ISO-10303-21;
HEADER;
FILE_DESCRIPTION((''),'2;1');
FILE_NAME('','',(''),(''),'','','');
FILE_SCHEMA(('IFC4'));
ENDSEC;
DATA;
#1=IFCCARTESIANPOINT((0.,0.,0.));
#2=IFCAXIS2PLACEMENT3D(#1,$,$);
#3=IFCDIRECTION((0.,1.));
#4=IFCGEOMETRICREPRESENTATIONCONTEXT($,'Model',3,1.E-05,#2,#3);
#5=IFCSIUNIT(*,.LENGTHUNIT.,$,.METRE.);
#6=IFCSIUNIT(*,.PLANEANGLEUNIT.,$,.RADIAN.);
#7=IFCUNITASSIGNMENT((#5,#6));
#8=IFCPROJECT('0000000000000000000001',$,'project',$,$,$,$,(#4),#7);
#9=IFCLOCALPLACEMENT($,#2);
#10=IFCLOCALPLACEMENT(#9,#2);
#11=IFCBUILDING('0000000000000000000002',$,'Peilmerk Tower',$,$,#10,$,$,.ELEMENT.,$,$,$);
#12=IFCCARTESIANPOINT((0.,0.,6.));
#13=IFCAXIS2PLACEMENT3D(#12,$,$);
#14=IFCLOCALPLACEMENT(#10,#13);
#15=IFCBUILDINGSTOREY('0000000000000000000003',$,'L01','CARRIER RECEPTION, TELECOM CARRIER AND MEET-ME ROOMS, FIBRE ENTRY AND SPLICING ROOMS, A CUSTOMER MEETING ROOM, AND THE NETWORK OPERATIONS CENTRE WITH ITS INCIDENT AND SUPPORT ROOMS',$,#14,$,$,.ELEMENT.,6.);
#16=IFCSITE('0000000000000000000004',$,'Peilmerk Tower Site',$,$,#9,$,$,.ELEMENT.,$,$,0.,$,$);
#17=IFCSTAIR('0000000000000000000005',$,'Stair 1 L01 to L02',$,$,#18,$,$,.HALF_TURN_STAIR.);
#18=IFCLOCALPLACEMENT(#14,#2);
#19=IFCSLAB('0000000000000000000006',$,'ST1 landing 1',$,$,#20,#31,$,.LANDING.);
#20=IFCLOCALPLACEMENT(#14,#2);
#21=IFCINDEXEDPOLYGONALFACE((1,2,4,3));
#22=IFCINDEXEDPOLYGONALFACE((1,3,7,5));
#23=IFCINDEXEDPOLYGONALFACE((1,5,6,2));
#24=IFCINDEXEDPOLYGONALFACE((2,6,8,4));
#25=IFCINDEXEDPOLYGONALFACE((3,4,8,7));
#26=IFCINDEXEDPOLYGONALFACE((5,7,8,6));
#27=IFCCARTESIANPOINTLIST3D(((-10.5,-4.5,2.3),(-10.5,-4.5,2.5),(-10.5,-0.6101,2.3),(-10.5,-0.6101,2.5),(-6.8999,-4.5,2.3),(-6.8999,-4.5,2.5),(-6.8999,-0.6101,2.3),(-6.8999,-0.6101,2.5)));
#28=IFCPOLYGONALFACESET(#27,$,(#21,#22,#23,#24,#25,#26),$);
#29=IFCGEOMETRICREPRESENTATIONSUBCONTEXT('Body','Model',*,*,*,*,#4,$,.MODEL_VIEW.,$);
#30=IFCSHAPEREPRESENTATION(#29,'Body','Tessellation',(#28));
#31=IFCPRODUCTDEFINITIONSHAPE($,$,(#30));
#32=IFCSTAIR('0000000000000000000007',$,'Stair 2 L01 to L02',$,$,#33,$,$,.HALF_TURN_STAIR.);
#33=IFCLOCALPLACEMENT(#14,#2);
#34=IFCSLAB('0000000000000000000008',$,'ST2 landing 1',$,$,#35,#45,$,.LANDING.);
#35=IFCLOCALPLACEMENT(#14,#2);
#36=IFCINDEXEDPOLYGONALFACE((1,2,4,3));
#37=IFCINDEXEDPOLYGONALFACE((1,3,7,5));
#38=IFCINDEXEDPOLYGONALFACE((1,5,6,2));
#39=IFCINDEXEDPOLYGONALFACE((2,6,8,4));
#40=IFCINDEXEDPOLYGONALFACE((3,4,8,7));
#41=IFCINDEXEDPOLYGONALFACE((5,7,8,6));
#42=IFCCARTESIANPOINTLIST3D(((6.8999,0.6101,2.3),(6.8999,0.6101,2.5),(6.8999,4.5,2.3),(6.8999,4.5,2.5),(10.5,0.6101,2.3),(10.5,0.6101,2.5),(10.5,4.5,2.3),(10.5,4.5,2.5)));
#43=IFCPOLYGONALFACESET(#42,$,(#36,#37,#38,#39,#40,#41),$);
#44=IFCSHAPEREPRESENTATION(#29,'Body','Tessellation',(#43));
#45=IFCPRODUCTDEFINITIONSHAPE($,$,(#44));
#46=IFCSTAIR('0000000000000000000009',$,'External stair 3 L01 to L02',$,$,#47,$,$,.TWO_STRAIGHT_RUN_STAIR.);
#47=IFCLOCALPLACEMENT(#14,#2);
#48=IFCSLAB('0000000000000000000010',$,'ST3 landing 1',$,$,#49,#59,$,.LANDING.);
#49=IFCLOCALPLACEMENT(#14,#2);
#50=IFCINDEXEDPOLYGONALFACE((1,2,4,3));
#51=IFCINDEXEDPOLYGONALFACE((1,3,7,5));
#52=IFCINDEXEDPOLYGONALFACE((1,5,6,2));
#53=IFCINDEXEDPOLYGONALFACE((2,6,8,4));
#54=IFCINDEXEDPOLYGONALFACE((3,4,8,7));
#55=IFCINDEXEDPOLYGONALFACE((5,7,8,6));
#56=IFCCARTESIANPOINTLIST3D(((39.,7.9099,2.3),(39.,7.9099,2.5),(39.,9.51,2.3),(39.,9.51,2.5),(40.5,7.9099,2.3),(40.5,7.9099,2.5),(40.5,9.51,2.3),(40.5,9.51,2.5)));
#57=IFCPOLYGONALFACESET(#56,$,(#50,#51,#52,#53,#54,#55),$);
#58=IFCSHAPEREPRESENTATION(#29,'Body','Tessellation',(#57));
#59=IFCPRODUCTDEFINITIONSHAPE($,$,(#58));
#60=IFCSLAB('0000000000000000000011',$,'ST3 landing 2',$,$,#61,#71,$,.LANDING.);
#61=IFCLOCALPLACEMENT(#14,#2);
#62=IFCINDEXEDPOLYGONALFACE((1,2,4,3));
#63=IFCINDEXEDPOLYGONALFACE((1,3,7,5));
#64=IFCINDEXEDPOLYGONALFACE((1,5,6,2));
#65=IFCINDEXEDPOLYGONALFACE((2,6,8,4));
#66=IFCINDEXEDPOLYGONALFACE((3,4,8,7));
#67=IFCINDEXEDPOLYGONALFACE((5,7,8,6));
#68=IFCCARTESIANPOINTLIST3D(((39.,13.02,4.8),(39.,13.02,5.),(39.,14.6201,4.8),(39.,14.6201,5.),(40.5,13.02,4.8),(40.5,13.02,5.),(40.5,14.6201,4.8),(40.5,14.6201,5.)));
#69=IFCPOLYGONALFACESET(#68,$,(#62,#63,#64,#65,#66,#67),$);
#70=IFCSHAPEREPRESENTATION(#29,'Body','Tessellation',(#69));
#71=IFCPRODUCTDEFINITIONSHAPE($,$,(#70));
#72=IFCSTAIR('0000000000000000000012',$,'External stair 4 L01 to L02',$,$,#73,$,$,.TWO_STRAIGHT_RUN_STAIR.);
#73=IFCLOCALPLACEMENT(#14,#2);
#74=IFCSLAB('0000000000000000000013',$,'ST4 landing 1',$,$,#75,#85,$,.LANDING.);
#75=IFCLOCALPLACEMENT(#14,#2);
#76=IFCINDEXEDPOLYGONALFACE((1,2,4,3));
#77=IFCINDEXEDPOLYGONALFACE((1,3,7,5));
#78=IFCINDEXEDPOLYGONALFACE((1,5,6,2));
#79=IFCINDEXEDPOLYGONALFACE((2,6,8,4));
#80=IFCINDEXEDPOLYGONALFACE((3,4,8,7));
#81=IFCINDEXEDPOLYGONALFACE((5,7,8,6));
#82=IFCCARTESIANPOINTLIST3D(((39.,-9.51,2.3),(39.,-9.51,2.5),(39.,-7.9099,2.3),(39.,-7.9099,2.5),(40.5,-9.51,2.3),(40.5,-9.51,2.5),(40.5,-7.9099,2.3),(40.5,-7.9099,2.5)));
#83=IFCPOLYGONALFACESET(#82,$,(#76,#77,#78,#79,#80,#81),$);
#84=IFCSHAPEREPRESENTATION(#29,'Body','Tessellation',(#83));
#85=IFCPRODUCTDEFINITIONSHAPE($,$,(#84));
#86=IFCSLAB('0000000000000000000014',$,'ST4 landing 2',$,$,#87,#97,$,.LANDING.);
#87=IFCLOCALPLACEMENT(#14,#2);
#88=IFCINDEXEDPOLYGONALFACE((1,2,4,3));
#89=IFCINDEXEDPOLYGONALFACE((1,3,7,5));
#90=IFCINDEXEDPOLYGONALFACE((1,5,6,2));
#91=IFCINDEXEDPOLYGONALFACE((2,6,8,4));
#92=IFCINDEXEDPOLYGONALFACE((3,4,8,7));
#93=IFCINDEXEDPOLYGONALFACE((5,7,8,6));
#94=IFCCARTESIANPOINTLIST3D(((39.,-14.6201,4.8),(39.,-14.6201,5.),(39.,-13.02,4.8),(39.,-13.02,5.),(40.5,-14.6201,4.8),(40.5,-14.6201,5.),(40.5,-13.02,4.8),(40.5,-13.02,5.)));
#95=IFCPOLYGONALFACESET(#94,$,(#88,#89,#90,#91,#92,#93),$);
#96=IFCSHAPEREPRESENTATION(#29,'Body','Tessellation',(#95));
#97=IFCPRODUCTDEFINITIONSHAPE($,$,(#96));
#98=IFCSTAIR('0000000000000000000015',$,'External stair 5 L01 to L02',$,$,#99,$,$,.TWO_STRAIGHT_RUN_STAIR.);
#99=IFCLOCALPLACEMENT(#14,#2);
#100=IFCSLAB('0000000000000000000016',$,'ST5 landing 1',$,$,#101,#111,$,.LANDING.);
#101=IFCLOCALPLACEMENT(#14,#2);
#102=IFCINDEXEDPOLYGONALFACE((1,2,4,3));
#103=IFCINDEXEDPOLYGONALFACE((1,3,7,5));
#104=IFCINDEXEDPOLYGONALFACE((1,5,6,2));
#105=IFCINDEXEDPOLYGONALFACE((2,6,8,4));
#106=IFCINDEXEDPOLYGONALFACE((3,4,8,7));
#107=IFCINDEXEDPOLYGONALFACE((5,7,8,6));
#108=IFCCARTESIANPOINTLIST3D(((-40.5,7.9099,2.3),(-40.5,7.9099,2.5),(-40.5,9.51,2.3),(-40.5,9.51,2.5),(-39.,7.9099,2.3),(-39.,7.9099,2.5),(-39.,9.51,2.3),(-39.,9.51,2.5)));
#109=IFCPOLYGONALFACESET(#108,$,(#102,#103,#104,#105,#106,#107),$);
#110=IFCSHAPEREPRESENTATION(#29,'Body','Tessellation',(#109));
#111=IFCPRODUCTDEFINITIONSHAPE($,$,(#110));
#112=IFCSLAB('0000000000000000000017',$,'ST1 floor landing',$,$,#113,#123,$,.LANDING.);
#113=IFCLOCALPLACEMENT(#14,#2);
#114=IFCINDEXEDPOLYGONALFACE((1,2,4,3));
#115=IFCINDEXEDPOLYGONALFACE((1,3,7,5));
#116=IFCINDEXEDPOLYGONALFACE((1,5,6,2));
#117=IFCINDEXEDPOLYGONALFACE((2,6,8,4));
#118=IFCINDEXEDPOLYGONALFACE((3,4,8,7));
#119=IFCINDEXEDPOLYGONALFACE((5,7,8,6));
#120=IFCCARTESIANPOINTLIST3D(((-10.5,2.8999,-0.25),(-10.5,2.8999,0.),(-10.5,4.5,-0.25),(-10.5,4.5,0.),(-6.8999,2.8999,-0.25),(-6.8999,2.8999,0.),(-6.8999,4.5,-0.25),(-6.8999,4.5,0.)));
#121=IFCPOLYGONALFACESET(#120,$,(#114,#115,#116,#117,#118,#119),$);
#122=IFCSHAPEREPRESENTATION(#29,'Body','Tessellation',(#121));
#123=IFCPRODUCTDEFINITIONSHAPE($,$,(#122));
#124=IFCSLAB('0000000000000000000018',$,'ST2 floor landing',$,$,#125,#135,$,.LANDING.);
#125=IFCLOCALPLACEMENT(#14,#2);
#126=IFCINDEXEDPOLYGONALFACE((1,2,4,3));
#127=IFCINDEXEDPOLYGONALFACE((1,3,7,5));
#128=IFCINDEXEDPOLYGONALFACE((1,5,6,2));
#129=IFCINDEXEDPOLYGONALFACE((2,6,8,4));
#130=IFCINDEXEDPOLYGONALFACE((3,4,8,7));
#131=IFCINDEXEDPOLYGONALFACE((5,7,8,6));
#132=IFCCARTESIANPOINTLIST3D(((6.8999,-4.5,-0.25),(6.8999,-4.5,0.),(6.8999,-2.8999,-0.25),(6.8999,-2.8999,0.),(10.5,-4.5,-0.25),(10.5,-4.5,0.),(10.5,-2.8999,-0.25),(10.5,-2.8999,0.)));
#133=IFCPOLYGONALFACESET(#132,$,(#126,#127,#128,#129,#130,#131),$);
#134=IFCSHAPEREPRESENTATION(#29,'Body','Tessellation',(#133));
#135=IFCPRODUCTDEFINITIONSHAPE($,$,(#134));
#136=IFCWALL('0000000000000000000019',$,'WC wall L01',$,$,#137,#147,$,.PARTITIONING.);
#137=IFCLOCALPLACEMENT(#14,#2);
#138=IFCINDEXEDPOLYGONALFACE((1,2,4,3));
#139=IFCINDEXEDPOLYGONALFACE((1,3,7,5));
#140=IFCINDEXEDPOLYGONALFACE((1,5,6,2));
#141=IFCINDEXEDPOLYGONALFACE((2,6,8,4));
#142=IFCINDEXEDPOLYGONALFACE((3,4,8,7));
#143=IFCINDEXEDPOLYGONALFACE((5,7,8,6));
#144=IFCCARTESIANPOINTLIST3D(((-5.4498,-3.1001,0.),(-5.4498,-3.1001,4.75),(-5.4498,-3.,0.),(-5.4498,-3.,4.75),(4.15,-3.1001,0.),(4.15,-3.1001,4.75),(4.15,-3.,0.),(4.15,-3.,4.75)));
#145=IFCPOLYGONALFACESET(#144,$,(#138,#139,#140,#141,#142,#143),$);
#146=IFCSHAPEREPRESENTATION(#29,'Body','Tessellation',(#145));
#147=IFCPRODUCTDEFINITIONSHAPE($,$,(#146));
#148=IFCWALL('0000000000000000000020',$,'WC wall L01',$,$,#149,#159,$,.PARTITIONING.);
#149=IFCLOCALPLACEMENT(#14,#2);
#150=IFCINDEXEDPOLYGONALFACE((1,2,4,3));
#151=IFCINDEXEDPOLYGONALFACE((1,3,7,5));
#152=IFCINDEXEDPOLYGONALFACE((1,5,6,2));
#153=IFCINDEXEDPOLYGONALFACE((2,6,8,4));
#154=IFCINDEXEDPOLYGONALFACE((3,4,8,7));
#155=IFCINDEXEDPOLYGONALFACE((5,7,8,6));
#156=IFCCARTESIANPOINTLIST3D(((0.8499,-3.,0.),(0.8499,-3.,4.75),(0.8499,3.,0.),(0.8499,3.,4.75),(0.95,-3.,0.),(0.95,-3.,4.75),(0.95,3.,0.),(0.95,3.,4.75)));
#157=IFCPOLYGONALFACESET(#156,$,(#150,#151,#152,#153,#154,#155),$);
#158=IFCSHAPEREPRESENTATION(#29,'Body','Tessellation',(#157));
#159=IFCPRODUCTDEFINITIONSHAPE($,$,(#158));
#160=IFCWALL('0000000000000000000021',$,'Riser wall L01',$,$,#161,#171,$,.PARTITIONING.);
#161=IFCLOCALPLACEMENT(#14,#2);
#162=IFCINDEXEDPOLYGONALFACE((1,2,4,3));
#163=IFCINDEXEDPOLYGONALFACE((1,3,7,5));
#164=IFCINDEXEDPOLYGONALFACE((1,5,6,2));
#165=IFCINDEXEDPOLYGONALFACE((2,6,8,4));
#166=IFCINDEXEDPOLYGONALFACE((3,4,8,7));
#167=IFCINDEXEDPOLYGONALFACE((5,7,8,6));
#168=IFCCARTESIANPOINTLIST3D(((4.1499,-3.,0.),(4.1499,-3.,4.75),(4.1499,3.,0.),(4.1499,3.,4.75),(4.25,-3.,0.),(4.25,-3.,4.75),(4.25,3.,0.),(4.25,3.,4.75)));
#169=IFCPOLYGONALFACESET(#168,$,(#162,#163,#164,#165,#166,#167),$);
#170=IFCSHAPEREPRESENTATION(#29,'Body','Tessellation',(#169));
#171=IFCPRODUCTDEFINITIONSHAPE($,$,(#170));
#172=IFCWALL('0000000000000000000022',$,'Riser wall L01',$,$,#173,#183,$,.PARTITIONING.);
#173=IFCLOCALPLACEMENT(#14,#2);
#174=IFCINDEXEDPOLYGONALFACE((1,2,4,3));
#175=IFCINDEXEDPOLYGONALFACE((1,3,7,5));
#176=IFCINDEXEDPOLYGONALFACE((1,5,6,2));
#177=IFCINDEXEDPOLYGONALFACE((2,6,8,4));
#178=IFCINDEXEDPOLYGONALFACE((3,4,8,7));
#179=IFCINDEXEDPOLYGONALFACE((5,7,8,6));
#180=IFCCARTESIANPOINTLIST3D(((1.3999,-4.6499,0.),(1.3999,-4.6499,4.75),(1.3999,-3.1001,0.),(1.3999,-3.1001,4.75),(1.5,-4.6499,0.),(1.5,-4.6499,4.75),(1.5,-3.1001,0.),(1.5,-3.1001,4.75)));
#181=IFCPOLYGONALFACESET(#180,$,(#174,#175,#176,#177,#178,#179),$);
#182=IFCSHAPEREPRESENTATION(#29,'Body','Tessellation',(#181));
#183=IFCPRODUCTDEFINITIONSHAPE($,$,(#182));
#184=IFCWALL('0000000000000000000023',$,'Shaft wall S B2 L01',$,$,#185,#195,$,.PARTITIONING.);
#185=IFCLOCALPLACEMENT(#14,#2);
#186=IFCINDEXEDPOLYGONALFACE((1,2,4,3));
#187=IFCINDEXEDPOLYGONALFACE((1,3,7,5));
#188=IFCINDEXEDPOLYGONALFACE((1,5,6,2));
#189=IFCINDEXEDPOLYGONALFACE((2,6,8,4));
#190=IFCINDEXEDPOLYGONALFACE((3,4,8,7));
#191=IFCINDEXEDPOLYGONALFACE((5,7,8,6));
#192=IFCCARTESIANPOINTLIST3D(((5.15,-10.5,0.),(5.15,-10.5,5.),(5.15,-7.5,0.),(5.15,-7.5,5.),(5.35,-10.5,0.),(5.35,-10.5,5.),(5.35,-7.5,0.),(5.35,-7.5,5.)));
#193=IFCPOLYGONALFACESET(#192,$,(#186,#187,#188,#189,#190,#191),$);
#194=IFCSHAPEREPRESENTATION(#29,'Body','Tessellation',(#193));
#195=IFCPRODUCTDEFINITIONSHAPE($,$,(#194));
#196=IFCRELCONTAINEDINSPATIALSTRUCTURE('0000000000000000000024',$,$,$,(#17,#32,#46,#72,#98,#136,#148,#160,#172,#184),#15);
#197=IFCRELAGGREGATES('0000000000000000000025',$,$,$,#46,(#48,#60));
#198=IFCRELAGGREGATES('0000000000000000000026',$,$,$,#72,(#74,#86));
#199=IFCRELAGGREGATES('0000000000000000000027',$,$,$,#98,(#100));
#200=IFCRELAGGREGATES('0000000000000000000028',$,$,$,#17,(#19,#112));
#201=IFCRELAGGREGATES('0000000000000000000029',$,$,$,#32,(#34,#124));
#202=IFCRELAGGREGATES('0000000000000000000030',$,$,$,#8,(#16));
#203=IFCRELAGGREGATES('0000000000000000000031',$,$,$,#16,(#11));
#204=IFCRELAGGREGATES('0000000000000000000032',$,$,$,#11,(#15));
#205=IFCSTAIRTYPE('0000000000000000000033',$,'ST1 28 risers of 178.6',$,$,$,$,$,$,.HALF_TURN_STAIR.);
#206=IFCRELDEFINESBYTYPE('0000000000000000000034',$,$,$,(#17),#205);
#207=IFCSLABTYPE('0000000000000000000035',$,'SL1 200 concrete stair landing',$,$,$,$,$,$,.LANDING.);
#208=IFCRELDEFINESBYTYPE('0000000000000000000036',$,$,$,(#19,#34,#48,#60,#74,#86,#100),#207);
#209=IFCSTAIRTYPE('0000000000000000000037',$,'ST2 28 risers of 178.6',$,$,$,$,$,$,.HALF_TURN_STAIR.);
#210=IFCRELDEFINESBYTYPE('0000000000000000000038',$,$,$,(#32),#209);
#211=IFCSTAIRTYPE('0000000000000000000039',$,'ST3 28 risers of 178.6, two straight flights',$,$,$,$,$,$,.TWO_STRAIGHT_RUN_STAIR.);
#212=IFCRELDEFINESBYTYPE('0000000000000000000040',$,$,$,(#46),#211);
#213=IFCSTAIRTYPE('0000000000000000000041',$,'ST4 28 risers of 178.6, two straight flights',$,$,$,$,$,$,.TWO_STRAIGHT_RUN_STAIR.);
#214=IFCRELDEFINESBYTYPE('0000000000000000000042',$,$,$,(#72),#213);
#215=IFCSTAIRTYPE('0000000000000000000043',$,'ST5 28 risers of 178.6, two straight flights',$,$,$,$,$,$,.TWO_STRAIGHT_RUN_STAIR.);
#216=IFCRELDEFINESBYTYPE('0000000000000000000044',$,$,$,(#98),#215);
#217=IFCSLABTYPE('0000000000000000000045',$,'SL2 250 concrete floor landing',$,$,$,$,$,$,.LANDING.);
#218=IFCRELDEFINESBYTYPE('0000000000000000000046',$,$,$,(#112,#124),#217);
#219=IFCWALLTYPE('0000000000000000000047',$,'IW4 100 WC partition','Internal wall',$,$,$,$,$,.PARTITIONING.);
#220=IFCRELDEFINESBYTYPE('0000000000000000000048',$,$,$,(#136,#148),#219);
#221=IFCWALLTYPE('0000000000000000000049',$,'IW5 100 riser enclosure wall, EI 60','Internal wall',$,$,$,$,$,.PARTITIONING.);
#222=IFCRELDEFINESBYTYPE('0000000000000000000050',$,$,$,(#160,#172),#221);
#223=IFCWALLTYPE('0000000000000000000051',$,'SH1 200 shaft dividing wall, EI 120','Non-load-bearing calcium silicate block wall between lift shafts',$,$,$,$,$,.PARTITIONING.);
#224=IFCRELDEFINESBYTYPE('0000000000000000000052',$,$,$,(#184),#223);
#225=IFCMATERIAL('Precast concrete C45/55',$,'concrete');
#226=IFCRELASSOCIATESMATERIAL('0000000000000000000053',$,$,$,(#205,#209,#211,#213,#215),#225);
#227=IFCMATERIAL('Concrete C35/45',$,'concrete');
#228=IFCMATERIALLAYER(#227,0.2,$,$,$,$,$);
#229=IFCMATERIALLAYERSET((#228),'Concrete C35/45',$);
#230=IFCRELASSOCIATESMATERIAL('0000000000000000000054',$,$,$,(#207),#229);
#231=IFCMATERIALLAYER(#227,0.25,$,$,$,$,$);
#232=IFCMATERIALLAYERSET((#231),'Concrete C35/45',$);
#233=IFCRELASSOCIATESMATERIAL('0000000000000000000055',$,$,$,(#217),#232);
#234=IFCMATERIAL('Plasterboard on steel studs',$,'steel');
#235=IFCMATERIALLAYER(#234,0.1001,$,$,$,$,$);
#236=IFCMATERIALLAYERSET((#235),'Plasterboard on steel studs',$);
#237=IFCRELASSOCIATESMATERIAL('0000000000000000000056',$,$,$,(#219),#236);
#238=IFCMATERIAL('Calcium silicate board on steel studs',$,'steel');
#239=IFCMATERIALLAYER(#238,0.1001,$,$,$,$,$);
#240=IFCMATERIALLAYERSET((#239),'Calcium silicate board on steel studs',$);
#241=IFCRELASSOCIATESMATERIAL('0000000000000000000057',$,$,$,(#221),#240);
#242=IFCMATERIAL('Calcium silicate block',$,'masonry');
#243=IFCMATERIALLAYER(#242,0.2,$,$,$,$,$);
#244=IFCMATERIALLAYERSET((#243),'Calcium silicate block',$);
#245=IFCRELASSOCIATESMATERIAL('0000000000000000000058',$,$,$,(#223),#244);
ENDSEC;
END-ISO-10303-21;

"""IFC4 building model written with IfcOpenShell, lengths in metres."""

from ifc_helpers import new_model, si_unit, direction, frame, frame_2d, origin, place, context, subcontext, project, spatial, polyline, rectangle, outline, extrude, material, layer, layer_set, type_object, element, aggregate, save


model = new_model("IFC4")

# Units and contexts
model_context = context("Model", 3, precision=1e-05, world=origin(), true_north=direction((0.0, 1.0)))
body_context = subcontext(model_context, "Body", "Model", "MODEL_VIEW")
ifc_project = project(units=[si_unit("LENGTHUNIT", "METRE"), si_unit("PLANEANGLEUNIT", "RADIAN")], contexts=[model_context])

# Site, building, storey
site_placement = place(None, origin())
site = spatial("IfcSite", under=ifc_project, at=site_placement, Name="Peilmerk Tower Site", CompositionType="ELEMENT", RefElevation=0.0)
building_placement = place(site_placement, origin())
building = spatial("IfcBuilding", under=site, at=building_placement, Name="Peilmerk Tower", CompositionType="ELEMENT")
storey_placement = place(building_placement, frame((0.0, 0.0, 6.0)))
storey = spatial("IfcBuildingStorey", under=building, at=storey_placement, Name="L01", Description="CARRIER RECEPTION, TELECOM CARRIER AND MEET-ME ROOMS, FIBRE ENTRY AND SPLICING ROOMS, A CUSTOMER MEETING ROOM, AND THE NETWORK OPERATIONS CENTRE WITH ITS INCIDENT AND SUPPORT ROOMS", CompositionType="ELEMENT", Elevation=6.0)

# Stairs, slabs
ifc_material_1 = material(Name="Precast concrete C45/55", Category="concrete")
stair_type_1 = type_object("IfcStairType", Name="ST1 28 risers of 178.6", PredefinedType="HALF_TURN_STAIR", material=ifc_material_1)
stair_1_placement = place(storey_placement, origin())
stair_1 = element("IfcStair", 1, at=stair_1_placement, inside=storey, type_object=stair_type_1, Name="Stair 1 L01 to L02", PredefinedType="HALF_TURN_STAIR")
ifc_material_2 = material(Name="Concrete C35/45", Category="concrete")
ifc_layer_1 = layer(ifc_material_2, 0.2)
ifc_layer_set_1 = layer_set([ifc_layer_1], Name="Concrete C35/45")
slab_type_1 = type_object("IfcSlabType", Name="SL1 200 concrete stair landing", PredefinedType="LANDING", material=ifc_layer_set_1)
slab_1_placement = place(storey_placement, frame((0.0, 0.0, 2.3)))
slab_1 = element("IfcSlab", 2, at=slab_1_placement, type_object=slab_type_1, Name="ST1 landing 1", PredefinedType="LANDING", context=body_context, shape_type="SweptSolid", body=[
    extrude(outline(polyline([(-10.5, -4.5), (-6.8999, -4.5), (-6.8999, -0.6101), (-10.5, -0.6101), (-10.5, -4.5)])), origin(), (0.0, 0.0, 1.0), 0.2),
])
stair_type_2 = type_object("IfcStairType", Name="ST2 28 risers of 178.6", PredefinedType="HALF_TURN_STAIR", material=ifc_material_1)
stair_2_placement = place(storey_placement, origin())
stair_2 = element("IfcStair", 3, at=stair_2_placement, inside=storey, type_object=stair_type_2, Name="Stair 2 L01 to L02", PredefinedType="HALF_TURN_STAIR")
slab_2_placement = place(storey_placement, frame((0.0, 0.0, 2.3)))
slab_2 = element("IfcSlab", 4, at=slab_2_placement, type_object=slab_type_1, Name="ST2 landing 1", PredefinedType="LANDING", context=body_context, shape_type="SweptSolid", body=[
    extrude(outline(polyline([(6.8999, 0.6101), (10.5, 0.6101), (10.5, 4.5), (6.8999, 4.5), (6.8999, 0.6101)])), origin(), (0.0, 0.0, 1.0), 0.2),
])

# Stairs, slabs
stair_type_3 = type_object("IfcStairType", Name="ST3 28 risers of 178.6, two straight flights", PredefinedType="TWO_STRAIGHT_RUN_STAIR", material=ifc_material_1)
stair_3_placement = place(storey_placement, origin())
stair_3 = element("IfcStair", 5, at=stair_3_placement, inside=storey, type_object=stair_type_3, Name="External stair 3 L01 to L02", PredefinedType="TWO_STRAIGHT_RUN_STAIR")
slab_3_placement = place(storey_placement, frame((0.0, 0.0, 2.3)))
slab_3 = element("IfcSlab", 6, at=slab_3_placement, type_object=slab_type_1, Name="ST3 landing 1", PredefinedType="LANDING", context=body_context, shape_type="SweptSolid", body=[
    extrude(outline(polyline([(39.0, 7.9099), (40.5, 7.9099), (40.5, 9.51), (39.0, 9.51), (39.0, 7.9099)])), origin(), (0.0, 0.0, 1.0), 0.2),
])
slab_4_placement = place(storey_placement, frame((0.0, 0.0, 4.8)))
slab_4 = element("IfcSlab", 7, at=slab_4_placement, type_object=slab_type_1, Name="ST3 landing 2", PredefinedType="LANDING", context=body_context, shape_type="SweptSolid", body=[
    extrude(outline(polyline([(39.0, 13.02), (40.5, 13.02), (40.5, 14.6201), (39.0, 14.6201), (39.0, 13.02)])), origin(), (0.0, 0.0, 1.0), 0.2),
])
aggregate(stair_3, [slab_3, slab_4])
stair_type_4 = type_object("IfcStairType", Name="ST4 28 risers of 178.6, two straight flights", PredefinedType="TWO_STRAIGHT_RUN_STAIR", material=ifc_material_1)
stair_4_placement = place(storey_placement, origin())
stair_4 = element("IfcStair", 8, at=stair_4_placement, inside=storey, type_object=stair_type_4, Name="External stair 4 L01 to L02", PredefinedType="TWO_STRAIGHT_RUN_STAIR")
slab_5_placement = place(storey_placement, frame((0.0, 0.0, 2.3)))
slab_5 = element("IfcSlab", 9, at=slab_5_placement, type_object=slab_type_1, Name="ST4 landing 1", PredefinedType="LANDING", context=body_context, shape_type="SweptSolid", body=[
    extrude(outline(polyline([(39.0, -9.51), (40.5, -9.51), (40.5, -7.9099), (39.0, -7.9099), (39.0, -9.51)])), origin(), (0.0, 0.0, 1.0), 0.2),
])
slab_6_placement = place(storey_placement, frame((0.0, 0.0, 4.8)))
slab_6 = element("IfcSlab", 10, at=slab_6_placement, type_object=slab_type_1, Name="ST4 landing 2", PredefinedType="LANDING", context=body_context, shape_type="SweptSolid", body=[
    extrude(outline(polyline([(39.0, -14.6201), (40.5, -14.6201), (40.5, -13.02), (39.0, -13.02), (39.0, -14.6201)])), origin(), (0.0, 0.0, 1.0), 0.2),
])
aggregate(stair_4, [slab_5, slab_6])

# Stair, slab
stair_type_5 = type_object("IfcStairType", Name="ST5 28 risers of 178.6, two straight flights", PredefinedType="TWO_STRAIGHT_RUN_STAIR", material=ifc_material_1)
stair_5_placement = place(storey_placement, origin())
stair_5 = element("IfcStair", 11, at=stair_5_placement, inside=storey, type_object=stair_type_5, Name="External stair 5 L01 to L02", PredefinedType="TWO_STRAIGHT_RUN_STAIR")
slab_7_placement = place(storey_placement, frame((0.0, 0.0, 2.3)))
slab_7 = element("IfcSlab", 12, at=slab_7_placement, type_object=slab_type_1, Name="ST5 landing 1", PredefinedType="LANDING", context=body_context, shape_type="SweptSolid", body=[
    extrude(outline(polyline([(-40.5, 7.9099), (-39.0, 7.9099), (-39.0, 9.51), (-40.5, 9.51), (-40.5, 7.9099)])), origin(), (0.0, 0.0, 1.0), 0.2),
])
aggregate(stair_5, [slab_7])

# Slabs
ifc_layer_2 = layer(ifc_material_2, 0.25)
ifc_layer_set_2 = layer_set([ifc_layer_2], Name="Concrete C35/45")
slab_type_2 = type_object("IfcSlabType", Name="SL2 250 concrete floor landing", PredefinedType="LANDING", material=ifc_layer_set_2)
slab_8_placement = place(storey_placement, frame((0.0, 0.0, -0.25)))
slab_8 = element("IfcSlab", 13, at=slab_8_placement, type_object=slab_type_2, Name="ST1 floor landing", PredefinedType="LANDING", context=body_context, shape_type="SweptSolid", body=[
    extrude(outline(polyline([(-10.5, 2.8999), (-6.8999, 2.8999), (-6.8999, 4.5), (-10.5, 4.5), (-10.5, 2.8999)])), origin(), (0.0, 0.0, 1.0), 0.25),
])
aggregate(stair_1, [slab_1, slab_8])
slab_9_placement = place(storey_placement, frame((0.0, 0.0, -0.25)))
slab_9 = element("IfcSlab", 14, at=slab_9_placement, type_object=slab_type_2, Name="ST2 floor landing", PredefinedType="LANDING", context=body_context, shape_type="SweptSolid", body=[
    extrude(outline(polyline([(6.8999, -4.5), (10.5, -4.5), (10.5, -2.8999), (6.8999, -2.8999), (6.8999, -4.5)])), origin(), (0.0, 0.0, 1.0), 0.25),
])
aggregate(stair_2, [slab_2, slab_9])

# Walls
ifc_material_3 = material(Name="Plasterboard on steel studs", Category="steel")
ifc_layer_3 = layer(ifc_material_3, 0.1001)
ifc_layer_set_3 = layer_set([ifc_layer_3], Name="Plasterboard on steel studs")
wall_type_1 = type_object("IfcWallType", Name="IW4 100 WC partition", Description="Internal wall", PredefinedType="PARTITIONING", material=ifc_layer_set_3)
wall_1_placement = place(storey_placement, frame((4.1499, -3.05, 0.0), z_axis=(0.0, 0.0, 1.0), x_axis=(-1.0, 0.0, 0.0)))
element("IfcWall", 15, at=wall_1_placement, inside=storey, type_object=wall_type_1, Name="WC wall L01", PredefinedType="PARTITIONING", context=body_context, shape_type="SweptSolid", body=[
    extrude(rectangle(XDim=9.5999, YDim=0.1001, at=frame_2d((4.7998, 0.0))), origin(), (0.0, 0.0, 1.0), 4.75),
])
wall_2_placement = place(storey_placement, frame((0.8999, -3.0, 0.0), z_axis=(0.0, 0.0, 1.0), x_axis=(0.0, 1.0, 0.0)))
element("IfcWall", 16, at=wall_2_placement, inside=storey, type_object=wall_type_1, Name="WC wall L01", PredefinedType="PARTITIONING", context=body_context, shape_type="SweptSolid", body=[
    extrude(rectangle(XDim=6.0, YDim=0.1001, at=frame_2d((3.0, 0.0))), origin(), (0.0, 0.0, 1.0), 4.75),
])
ifc_material_4 = material(Name="Calcium silicate board on steel studs", Category="steel")
ifc_layer_4 = layer(ifc_material_4, 0.1001)
ifc_layer_set_4 = layer_set([ifc_layer_4], Name="Calcium silicate board on steel studs")
wall_type_2 = type_object("IfcWallType", Name="IW5 100 riser enclosure wall, EI 60", Description="Internal wall", PredefinedType="PARTITIONING", material=ifc_layer_set_4)
wall_3_placement = place(storey_placement, frame((4.2, -3.0, 0.0), z_axis=(0.0, 0.0, 1.0), x_axis=(0.0, 1.0, 0.0)))
element("IfcWall", 17, at=wall_3_placement, inside=storey, type_object=wall_type_2, Name="Riser wall L01", PredefinedType="PARTITIONING", context=body_context, shape_type="SweptSolid", body=[
    extrude(rectangle(XDim=6.0, YDim=0.1001, at=frame_2d((3.0, 0.0))), origin(), (0.0, 0.0, 1.0), 4.75),
])
wall_4_placement = place(storey_placement, frame((1.45, -3.1001, 0.0), z_axis=(0.0, 0.0, 1.0), x_axis=(0.0, -1.0, 0.0)))
element("IfcWall", 18, at=wall_4_placement, inside=storey, type_object=wall_type_2, Name="Riser wall L01", PredefinedType="PARTITIONING", context=body_context, shape_type="SweptSolid", body=[
    extrude(rectangle(XDim=1.5498, YDim=0.1001, at=frame_2d((0.7749, 0.0))), origin(), (0.0, 0.0, 1.0), 4.75),
])
ifc_material_5 = material(Name="Calcium silicate block", Category="masonry")
ifc_layer_5 = layer(ifc_material_5, 0.2)
ifc_layer_set_5 = layer_set([ifc_layer_5], Name="Calcium silicate block")
wall_type_3 = type_object("IfcWallType", Name="SH1 200 shaft dividing wall, EI 120", Description="Non-load-bearing calcium silicate block wall between lift shafts", PredefinedType="PARTITIONING", material=ifc_layer_set_5)
wall_5_placement = place(storey_placement, frame((5.25, -10.5, 0.0), z_axis=(0.0, 0.0, 1.0), x_axis=(0.0, 1.0, 0.0)))
element("IfcWall", 19, at=wall_5_placement, inside=storey, type_object=wall_type_3, Name="Shaft wall S B2 L01", PredefinedType="PARTITIONING", context=body_context, shape_type="SweptSolid", body=[
    extrude(rectangle(XDim=3.0, YDim=0.2, at=frame_2d((1.5, 0.0))), origin(), (0.0, 0.0, 1.0), 5.0),
])

save(model, "model.ifc")
